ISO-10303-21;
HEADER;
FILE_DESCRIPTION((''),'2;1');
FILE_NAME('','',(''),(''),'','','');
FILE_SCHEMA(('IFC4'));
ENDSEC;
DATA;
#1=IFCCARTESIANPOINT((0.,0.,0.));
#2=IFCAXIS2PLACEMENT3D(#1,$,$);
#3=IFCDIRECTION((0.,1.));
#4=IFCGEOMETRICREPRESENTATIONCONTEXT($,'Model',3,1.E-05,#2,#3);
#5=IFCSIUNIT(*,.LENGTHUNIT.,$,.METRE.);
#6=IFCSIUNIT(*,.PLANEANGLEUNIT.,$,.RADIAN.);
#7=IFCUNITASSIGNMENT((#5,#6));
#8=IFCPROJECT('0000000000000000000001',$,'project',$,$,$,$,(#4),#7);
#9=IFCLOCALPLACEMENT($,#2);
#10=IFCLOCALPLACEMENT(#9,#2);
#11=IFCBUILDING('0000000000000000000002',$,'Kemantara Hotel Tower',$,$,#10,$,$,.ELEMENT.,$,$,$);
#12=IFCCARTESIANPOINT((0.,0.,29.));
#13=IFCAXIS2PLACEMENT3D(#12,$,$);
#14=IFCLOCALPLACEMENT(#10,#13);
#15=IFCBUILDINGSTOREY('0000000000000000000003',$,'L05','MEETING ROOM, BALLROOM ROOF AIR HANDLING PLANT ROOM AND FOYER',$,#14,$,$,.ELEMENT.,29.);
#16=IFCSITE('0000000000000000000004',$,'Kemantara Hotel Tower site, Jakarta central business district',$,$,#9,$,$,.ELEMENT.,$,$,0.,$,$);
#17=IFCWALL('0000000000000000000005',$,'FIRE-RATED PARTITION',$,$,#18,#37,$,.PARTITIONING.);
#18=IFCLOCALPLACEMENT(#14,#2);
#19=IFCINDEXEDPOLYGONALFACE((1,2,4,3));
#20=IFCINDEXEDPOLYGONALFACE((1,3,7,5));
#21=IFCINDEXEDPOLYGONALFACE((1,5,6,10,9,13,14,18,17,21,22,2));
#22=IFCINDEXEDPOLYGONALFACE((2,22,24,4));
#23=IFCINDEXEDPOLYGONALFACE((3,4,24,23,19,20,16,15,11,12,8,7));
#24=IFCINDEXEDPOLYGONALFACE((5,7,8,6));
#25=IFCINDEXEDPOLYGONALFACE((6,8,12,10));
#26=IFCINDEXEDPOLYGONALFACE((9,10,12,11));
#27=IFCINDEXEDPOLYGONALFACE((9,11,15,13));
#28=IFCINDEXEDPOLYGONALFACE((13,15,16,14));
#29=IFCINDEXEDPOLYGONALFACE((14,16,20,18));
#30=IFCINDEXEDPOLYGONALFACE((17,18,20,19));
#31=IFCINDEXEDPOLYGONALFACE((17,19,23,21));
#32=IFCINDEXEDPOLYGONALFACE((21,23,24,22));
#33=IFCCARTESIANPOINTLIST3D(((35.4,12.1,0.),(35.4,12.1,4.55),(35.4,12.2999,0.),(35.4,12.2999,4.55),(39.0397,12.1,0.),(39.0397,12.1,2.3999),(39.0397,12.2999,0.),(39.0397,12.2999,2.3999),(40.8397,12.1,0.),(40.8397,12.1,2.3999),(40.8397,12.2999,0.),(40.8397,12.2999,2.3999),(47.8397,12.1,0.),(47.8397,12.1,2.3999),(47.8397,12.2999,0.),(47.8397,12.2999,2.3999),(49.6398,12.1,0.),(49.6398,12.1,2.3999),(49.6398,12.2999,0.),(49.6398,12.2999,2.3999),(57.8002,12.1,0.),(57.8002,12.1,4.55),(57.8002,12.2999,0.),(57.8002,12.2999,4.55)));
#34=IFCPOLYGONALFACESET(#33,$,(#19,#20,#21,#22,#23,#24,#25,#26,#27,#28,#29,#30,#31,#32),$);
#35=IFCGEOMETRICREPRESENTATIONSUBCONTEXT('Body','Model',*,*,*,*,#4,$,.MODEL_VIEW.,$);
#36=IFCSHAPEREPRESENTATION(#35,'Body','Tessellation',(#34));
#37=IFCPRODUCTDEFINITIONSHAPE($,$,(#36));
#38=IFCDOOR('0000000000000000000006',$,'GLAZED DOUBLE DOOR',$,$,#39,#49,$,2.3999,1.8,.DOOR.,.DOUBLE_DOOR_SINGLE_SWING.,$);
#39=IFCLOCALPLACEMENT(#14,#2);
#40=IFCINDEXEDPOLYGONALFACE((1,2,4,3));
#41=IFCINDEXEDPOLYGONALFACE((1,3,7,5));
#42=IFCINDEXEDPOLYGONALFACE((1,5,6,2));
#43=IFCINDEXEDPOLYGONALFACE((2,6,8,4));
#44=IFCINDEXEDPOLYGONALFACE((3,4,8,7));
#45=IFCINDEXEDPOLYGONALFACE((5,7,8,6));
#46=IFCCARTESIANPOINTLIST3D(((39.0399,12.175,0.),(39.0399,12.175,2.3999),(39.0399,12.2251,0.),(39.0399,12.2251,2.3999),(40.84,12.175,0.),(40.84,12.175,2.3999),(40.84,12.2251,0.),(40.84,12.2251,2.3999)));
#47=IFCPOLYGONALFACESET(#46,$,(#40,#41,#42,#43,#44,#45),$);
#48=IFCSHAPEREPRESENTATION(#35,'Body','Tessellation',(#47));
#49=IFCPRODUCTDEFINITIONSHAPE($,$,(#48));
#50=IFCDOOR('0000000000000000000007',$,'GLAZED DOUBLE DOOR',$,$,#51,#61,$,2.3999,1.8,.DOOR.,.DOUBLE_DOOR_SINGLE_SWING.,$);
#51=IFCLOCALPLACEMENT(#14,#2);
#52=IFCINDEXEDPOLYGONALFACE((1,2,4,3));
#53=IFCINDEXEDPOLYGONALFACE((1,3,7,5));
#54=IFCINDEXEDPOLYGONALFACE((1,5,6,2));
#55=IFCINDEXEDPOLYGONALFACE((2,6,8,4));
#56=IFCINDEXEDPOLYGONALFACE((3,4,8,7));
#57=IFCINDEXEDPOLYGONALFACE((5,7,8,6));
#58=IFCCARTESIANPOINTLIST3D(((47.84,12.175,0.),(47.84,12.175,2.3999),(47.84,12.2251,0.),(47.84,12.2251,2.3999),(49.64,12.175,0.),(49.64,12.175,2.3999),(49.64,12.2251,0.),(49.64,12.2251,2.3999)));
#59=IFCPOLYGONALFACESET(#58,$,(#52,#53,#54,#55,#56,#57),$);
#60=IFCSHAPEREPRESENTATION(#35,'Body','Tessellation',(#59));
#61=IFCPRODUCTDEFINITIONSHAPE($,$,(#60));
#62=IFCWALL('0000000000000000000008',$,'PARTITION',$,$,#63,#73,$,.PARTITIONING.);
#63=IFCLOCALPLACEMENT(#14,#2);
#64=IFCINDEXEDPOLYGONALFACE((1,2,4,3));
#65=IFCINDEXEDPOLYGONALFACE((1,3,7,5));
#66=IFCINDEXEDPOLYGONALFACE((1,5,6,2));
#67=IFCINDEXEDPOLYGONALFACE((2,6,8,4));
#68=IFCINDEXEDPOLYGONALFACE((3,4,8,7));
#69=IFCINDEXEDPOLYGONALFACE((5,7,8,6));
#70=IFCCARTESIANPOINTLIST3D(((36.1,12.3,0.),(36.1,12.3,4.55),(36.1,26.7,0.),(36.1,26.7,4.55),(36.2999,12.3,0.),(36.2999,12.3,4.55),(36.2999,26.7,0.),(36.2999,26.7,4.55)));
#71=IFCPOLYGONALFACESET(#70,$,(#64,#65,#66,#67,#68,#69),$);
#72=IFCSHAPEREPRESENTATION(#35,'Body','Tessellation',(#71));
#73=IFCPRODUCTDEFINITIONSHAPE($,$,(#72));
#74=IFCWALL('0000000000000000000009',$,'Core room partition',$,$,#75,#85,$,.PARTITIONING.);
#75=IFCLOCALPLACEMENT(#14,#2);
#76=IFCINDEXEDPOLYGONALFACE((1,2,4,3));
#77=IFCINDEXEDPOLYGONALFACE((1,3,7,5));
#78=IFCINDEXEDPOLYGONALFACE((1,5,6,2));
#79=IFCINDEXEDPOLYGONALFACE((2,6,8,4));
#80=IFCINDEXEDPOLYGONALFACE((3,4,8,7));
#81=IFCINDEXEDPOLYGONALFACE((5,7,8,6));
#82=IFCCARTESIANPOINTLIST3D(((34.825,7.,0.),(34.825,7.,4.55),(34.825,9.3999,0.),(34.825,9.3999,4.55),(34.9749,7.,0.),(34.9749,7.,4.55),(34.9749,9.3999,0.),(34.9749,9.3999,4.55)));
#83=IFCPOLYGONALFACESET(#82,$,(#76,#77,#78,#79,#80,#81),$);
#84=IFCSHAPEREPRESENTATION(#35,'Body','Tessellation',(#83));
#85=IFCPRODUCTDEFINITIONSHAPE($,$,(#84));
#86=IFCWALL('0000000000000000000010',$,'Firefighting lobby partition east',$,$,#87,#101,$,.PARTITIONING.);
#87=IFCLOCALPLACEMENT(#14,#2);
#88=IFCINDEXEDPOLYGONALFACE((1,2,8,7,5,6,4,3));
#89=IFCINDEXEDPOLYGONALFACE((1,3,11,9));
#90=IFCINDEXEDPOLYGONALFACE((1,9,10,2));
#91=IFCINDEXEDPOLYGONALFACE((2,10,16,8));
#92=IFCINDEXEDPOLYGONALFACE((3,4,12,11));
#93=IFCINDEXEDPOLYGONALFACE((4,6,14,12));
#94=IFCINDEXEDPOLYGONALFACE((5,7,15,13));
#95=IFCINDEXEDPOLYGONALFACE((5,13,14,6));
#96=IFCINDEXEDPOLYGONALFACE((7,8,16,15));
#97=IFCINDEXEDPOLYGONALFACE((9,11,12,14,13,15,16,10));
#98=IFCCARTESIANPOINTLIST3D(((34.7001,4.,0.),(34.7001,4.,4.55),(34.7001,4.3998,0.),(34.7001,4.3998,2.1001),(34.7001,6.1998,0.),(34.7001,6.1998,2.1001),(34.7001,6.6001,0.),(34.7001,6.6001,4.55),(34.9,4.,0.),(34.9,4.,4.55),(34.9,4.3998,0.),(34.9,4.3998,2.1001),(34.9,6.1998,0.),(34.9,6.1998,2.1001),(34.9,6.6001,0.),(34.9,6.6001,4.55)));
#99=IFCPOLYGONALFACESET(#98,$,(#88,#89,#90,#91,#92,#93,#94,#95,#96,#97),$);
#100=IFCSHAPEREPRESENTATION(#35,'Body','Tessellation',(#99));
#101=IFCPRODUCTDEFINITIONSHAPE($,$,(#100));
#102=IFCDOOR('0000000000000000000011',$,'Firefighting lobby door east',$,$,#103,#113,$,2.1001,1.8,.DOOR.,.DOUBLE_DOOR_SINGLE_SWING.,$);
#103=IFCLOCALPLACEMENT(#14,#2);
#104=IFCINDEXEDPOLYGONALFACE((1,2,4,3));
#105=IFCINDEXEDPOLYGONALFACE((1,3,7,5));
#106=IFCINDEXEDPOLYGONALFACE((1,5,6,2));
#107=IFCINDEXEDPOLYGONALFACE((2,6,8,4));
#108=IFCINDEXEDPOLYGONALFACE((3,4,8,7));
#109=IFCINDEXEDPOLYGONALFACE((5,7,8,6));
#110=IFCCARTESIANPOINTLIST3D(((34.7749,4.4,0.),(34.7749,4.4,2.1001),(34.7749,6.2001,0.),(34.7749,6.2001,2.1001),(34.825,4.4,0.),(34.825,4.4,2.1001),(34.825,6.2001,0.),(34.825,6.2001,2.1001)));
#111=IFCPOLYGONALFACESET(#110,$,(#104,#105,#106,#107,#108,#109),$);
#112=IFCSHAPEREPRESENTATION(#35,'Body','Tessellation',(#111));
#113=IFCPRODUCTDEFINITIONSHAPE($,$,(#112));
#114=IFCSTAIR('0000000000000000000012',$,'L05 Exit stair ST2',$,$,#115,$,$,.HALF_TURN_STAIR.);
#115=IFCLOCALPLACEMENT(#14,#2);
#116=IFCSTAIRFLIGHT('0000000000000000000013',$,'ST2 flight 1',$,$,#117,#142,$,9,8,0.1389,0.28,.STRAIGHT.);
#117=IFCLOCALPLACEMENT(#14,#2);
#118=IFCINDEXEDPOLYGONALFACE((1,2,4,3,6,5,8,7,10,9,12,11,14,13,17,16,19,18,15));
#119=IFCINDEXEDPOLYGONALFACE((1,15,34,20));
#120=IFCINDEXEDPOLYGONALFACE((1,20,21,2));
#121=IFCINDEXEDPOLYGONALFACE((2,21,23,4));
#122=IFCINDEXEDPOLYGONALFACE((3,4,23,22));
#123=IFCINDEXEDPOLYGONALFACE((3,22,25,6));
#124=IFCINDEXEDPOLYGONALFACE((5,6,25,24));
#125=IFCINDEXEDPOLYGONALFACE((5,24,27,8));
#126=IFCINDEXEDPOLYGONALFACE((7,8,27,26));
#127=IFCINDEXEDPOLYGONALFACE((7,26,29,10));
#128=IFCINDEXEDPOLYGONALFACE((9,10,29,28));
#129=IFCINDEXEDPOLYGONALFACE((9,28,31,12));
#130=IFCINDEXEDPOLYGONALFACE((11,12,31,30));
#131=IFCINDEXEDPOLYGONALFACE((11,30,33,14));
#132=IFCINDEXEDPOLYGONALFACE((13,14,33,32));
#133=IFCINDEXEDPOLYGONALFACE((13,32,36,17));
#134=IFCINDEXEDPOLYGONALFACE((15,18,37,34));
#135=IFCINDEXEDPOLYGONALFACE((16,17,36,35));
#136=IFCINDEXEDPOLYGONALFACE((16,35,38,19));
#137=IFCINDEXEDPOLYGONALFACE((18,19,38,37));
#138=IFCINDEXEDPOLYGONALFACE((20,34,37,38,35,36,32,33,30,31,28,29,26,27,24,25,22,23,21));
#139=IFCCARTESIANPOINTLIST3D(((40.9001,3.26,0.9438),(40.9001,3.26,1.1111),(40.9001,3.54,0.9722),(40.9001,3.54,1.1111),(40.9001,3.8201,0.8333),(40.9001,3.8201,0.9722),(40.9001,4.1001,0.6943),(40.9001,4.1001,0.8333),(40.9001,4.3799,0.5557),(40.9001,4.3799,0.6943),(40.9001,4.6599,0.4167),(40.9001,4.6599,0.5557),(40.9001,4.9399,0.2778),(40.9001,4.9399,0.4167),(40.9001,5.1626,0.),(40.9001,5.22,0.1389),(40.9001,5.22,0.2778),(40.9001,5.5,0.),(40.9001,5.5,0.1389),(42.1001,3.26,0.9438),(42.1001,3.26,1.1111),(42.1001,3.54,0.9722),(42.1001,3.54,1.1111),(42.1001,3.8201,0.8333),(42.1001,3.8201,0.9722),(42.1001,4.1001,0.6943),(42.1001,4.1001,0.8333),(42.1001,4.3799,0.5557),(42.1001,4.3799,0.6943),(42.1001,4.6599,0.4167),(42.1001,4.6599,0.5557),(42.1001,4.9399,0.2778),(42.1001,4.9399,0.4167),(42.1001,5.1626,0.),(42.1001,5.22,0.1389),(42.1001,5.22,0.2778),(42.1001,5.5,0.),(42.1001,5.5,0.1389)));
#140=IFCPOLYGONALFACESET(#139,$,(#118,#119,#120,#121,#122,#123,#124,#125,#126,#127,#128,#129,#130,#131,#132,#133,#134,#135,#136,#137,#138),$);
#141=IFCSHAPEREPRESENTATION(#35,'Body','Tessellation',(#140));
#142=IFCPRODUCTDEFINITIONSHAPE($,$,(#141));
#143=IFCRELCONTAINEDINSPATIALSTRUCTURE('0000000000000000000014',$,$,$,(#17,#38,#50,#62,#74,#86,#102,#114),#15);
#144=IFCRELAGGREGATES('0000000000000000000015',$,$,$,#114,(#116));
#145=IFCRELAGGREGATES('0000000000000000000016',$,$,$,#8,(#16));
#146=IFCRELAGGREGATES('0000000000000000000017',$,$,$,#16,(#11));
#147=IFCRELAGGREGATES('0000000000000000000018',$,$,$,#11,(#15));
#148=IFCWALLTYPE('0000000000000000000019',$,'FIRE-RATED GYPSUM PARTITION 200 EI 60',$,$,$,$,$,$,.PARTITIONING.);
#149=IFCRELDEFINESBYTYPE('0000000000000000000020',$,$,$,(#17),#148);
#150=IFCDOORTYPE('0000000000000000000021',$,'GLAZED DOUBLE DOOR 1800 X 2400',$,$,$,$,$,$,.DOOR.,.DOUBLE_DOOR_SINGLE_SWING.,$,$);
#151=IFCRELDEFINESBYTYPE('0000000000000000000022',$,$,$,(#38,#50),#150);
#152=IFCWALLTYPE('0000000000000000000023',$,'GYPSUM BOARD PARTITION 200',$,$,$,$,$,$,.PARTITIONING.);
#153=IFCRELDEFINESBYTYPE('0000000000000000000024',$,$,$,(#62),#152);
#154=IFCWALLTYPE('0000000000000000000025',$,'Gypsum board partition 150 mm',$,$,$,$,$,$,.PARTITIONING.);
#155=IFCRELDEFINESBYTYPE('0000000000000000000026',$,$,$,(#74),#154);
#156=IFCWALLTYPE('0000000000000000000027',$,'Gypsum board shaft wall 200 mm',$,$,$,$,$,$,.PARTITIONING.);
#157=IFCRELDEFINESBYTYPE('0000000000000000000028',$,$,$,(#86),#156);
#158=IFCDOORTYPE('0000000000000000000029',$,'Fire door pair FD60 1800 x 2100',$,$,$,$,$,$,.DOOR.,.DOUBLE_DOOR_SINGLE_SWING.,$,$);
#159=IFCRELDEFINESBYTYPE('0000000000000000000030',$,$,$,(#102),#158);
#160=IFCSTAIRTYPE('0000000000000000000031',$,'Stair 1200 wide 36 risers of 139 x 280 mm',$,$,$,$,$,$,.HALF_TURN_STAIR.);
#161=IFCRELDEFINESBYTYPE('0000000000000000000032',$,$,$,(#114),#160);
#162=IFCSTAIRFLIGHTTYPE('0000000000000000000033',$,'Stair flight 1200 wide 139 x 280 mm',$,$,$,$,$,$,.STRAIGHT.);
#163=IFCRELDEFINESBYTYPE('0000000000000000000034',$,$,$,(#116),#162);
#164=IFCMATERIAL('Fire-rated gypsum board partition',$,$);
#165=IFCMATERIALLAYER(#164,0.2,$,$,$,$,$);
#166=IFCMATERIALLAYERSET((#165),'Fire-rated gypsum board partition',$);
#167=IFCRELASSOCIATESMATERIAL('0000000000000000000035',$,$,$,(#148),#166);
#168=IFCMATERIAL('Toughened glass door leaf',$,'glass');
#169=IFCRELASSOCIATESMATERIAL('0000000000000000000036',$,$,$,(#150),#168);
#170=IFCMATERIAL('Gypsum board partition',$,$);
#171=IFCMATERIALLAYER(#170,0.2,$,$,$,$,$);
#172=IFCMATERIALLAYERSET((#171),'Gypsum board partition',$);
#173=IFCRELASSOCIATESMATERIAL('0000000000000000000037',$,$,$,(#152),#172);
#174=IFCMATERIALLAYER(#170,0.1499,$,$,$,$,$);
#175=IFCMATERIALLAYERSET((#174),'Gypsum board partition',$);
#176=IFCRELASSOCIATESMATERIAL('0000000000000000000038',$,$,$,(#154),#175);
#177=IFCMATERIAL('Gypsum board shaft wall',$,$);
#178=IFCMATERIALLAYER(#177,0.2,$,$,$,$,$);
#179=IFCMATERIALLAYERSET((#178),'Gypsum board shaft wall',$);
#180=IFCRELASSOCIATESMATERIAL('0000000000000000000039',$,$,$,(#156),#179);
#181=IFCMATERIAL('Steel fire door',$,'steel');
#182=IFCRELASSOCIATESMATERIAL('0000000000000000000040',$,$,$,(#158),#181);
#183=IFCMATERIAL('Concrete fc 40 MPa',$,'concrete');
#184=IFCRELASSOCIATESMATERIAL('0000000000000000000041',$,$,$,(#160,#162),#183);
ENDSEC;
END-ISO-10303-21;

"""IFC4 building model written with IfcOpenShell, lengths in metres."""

from ifc_helpers import new_model, si_unit, direction, frame, frame_2d, origin, place, context, subcontext, project, spatial, polyline, rectangle, outline, extrude, material, layer, layer_set, type_object, element, fill, aggregate, save


model = new_model("IFC4")

# Units and contexts
model_context = context("Model", 3, precision=1e-05, world=origin(), true_north=direction((0.0, 1.0)))
body_context = subcontext(model_context, "Body", "Model", "MODEL_VIEW")
ifc_project = project(units=[si_unit("LENGTHUNIT", "METRE"), si_unit("PLANEANGLEUNIT", "RADIAN")], contexts=[model_context])

# Site, building, storey
site_placement = place(None, origin())
site = spatial("IfcSite", under=ifc_project, at=site_placement, Name="Kemantara Hotel Tower site, Jakarta central business district", CompositionType="ELEMENT", RefElevation=0.0)
building_placement = place(site_placement, origin())
building = spatial("IfcBuilding", under=site, at=building_placement, Name="Kemantara Hotel Tower", CompositionType="ELEMENT")
storey_placement = place(building_placement, frame((0.0, 0.0, 29.0)))
storey = spatial("IfcBuildingStorey", under=building, at=storey_placement, Name="L05", Description="MEETING ROOM, BALLROOM ROOF AIR HANDLING PLANT ROOM AND FOYER", CompositionType="ELEMENT", Elevation=29.0)

# Shared definitions
ifc_material_1 = material(Name="Steel fire door", Category="steel")

# Shared definitions
ifc_material_2 = material(Name="Concrete fc 40 MPa", Category="concrete")

# Wall, openings, doors
ifc_material_3 = material(Name="Fire-rated gypsum board partition")
ifc_layer_1 = layer(ifc_material_3, 0.2)
ifc_layer_set_1 = layer_set([ifc_layer_1], Name="Fire-rated gypsum board partition")
wall_type_1 = type_object("IfcWallType", Name="FIRE-RATED GYPSUM PARTITION 200 EI 60", PredefinedType="PARTITIONING", material=ifc_layer_set_1)
wall_1_placement = place(storey_placement, frame((35.3999, 12.2, 0.0), z_axis=(0.0, 0.0, 1.0), x_axis=(1.0, 0.0, 0.0)))
wall_1 = element("IfcWall", 1, at=wall_1_placement, inside=storey, type_object=wall_type_1, Name="FIRE-RATED PARTITION", PredefinedType="PARTITIONING", context=body_context, shape_type="SweptSolid", body=[
    extrude(rectangle(XDim=22.4001, YDim=0.2, at=frame_2d((11.2002, 0.0))), origin(), (0.0, 0.0, 1.0), 4.55),
])
opening_1_placement = place(wall_1_placement, frame((3.6399, 0.0, 0.0)))
opening_1 = element("IfcOpeningElement", 2, at=opening_1_placement, cuts=wall_1, PredefinedType="OPENING", context=body_context, shape_type="SweptSolid", body=[
    extrude(rectangle(XDim=1.8, YDim=2.3999, at=frame_2d((0.8999, 1.2))), frame((0.0, 0.1099, 0.0), z_axis=(0.0, -1.0, 0.0), x_axis=(1.0, 0.0, 0.0)), (0.0, 0.0, 1.0), 0.22),
])
opening_2_placement = place(wall_1_placement, frame((12.4399, 0.0, 0.0)))
opening_2 = element("IfcOpeningElement", 3, at=opening_2_placement, cuts=wall_1, PredefinedType="OPENING", context=body_context, shape_type="SweptSolid", body=[
    extrude(rectangle(XDim=1.8, YDim=2.3999, at=frame_2d((0.8999, 1.2))), frame((0.0, 0.1099, 0.0), z_axis=(0.0, -1.0, 0.0), x_axis=(1.0, 0.0, 0.0)), (0.0, 0.0, 1.0), 0.22),
])
ifc_material_4 = material(Name="Toughened glass door leaf", Category="glass")
door_type_1 = type_object("IfcDoorType", Name="GLAZED DOUBLE DOOR 1800 X 2400", OperationType="DOUBLE_DOOR_SINGLE_SWING", PredefinedType="DOOR", material=ifc_material_4)
door_1_placement = place(opening_1_placement, frame((1.8, 0.0, 0.0), z_axis=(0.0, 0.0, 1.0), x_axis=(-1.0, 0.0, 0.0)))
door_1 = element("IfcDoor", 4, at=door_1_placement, inside=storey, type_object=door_type_1, Name="GLAZED DOUBLE DOOR", OperationType="DOUBLE_DOOR_SINGLE_SWING", OverallHeight=2.3999, OverallWidth=1.8, PredefinedType="DOOR", context=body_context, shape_type="SweptSolid", body=[
    extrude(rectangle(XDim=1.8, YDim=2.3999, at=frame_2d((0.8999, 1.2))), frame((0.0, 0.0249, 0.0), z_axis=(0.0, -1.0, 0.0), x_axis=(1.0, 0.0, 0.0)), (0.0, 0.0, 1.0), 0.05),
])
fill(opening_1, door_1)
door_2_placement = place(opening_2_placement, frame((1.8, 0.0, 0.0), z_axis=(0.0, 0.0, 1.0), x_axis=(-1.0, 0.0, 0.0)))
door_2 = element("IfcDoor", 5, at=door_2_placement, inside=storey, type_object=door_type_1, Name="GLAZED DOUBLE DOOR", OperationType="DOUBLE_DOOR_SINGLE_SWING", OverallHeight=2.3999, OverallWidth=1.8, PredefinedType="DOOR", context=body_context, shape_type="SweptSolid", body=[
    extrude(rectangle(XDim=1.8, YDim=2.3999, at=frame_2d((0.8999, 1.2))), frame((0.0, 0.0249, 0.0), z_axis=(0.0, -1.0, 0.0), x_axis=(1.0, 0.0, 0.0)), (0.0, 0.0, 1.0), 0.05),
])
fill(opening_2, door_2)

# Walls
ifc_material_5 = material(Name="Gypsum board partition")
ifc_layer_2 = layer(ifc_material_5, 0.2)
ifc_layer_set_2 = layer_set([ifc_layer_2], Name="Gypsum board partition")
wall_type_2 = type_object("IfcWallType", Name="GYPSUM BOARD PARTITION 200", PredefinedType="PARTITIONING", material=ifc_layer_set_2)
wall_2_placement = place(storey_placement, frame((36.2, 12.3, 0.0), z_axis=(0.0, 0.0, 1.0), x_axis=(0.0, 1.0, 0.0)))
element("IfcWall", 6, at=wall_2_placement, inside=storey, type_object=wall_type_2, Name="PARTITION", PredefinedType="PARTITIONING", context=body_context, shape_type="SweptSolid", body=[
    extrude(rectangle(XDim=14.3999, YDim=0.2, at=frame_2d((7.2, 0.0))), origin(), (0.0, 0.0, 1.0), 4.55),
])
ifc_layer_3 = layer(ifc_material_5, 0.1499)
ifc_layer_set_3 = layer_set([ifc_layer_3], Name="Gypsum board partition")
wall_type_3 = type_object("IfcWallType", Name="Gypsum board partition 150 mm", PredefinedType="PARTITIONING", material=ifc_layer_set_3)
wall_3_placement = place(storey_placement, frame((34.8999, 7.0, 0.0), z_axis=(0.0, 0.0, 1.0), x_axis=(0.0, 1.0, 0.0)))
element("IfcWall", 7, at=wall_3_placement, inside=storey, type_object=wall_type_3, Name="Core room partition", PredefinedType="PARTITIONING", context=body_context, shape_type="SweptSolid", body=[
    extrude(rectangle(XDim=2.3999, YDim=0.1499, at=frame_2d((1.2, 0.0))), origin(), (0.0, 0.0, 1.0), 4.55),
])

# Wall, opening, door
ifc_material_6 = material(Name="Gypsum board shaft wall")
ifc_layer_4 = layer(ifc_material_6, 0.2)
ifc_layer_set_4 = layer_set([ifc_layer_4], Name="Gypsum board shaft wall")
wall_type_4 = type_object("IfcWallType", Name="Gypsum board shaft wall 200 mm", PredefinedType="PARTITIONING", material=ifc_layer_set_4)
wall_4_placement = place(storey_placement, frame((34.8, 4.0, 0.0), z_axis=(0.0, 0.0, 1.0), x_axis=(0.0, 1.0, 0.0)))
wall_4 = element("IfcWall", 8, at=wall_4_placement, inside=storey, type_object=wall_type_4, Name="Firefighting lobby partition east", PredefinedType="PARTITIONING", context=body_context, shape_type="SweptSolid", body=[
    extrude(rectangle(XDim=2.6001, YDim=0.2, at=frame_2d((1.3, 0.0))), origin(), (0.0, 0.0, 1.0), 4.55),
])
opening_3_placement = place(wall_4_placement, frame((0.3999, 0.0, 0.0)))
opening_3 = element("IfcOpeningElement", 9, at=opening_3_placement, cuts=wall_4, PredefinedType="OPENING", context=body_context, shape_type="SweptSolid", body=[
    extrude(rectangle(XDim=1.8, YDim=2.1001, at=frame_2d((0.8999, 1.05))), frame((0.0, 0.1099, 0.0), z_axis=(0.0, -1.0, 0.0), x_axis=(1.0, 0.0, 0.0)), (0.0, 0.0, 1.0), 0.22),
])
door_type_2 = type_object("IfcDoorType", Name="Fire door pair FD60 1800 x 2100", OperationType="DOUBLE_DOOR_SINGLE_SWING", PredefinedType="DOOR", material=ifc_material_1)
door_3_placement = place(opening_3_placement, frame((1.8, 0.0, 0.0), z_axis=(0.0, 0.0, 1.0), x_axis=(-1.0, 0.0, 0.0)))
door_3 = element("IfcDoor", 10, at=door_3_placement, inside=storey, type_object=door_type_2, Name="Firefighting lobby door east", OperationType="DOUBLE_DOOR_SINGLE_SWING", OverallHeight=2.1001, OverallWidth=1.8, PredefinedType="DOOR", context=body_context, shape_type="SweptSolid", body=[
    extrude(rectangle(XDim=1.8, YDim=2.1001, at=frame_2d((0.8999, 1.05))), frame((0.0, 0.0249, 0.0), z_axis=(0.0, -1.0, 0.0), x_axis=(1.0, 0.0, 0.0)), (0.0, 0.0, 1.0), 0.05),
])
fill(opening_3, door_3)

# Stair, stair flight
stair_type = type_object("IfcStairType", Name="Stair 1200 wide 36 risers of 139 x 280 mm", PredefinedType="HALF_TURN_STAIR", material=ifc_material_2)
stair_placement = place(storey_placement, origin())
stair = element("IfcStair", 11, at=stair_placement, inside=storey, type_object=stair_type, Name="L05 Exit stair ST2", PredefinedType="HALF_TURN_STAIR")
stair_flight_type = type_object("IfcStairFlightType", Name="Stair flight 1200 wide 139 x 280 mm", PredefinedType="STRAIGHT", material=ifc_material_2)
stair_flight_1_placement = place(storey_placement, frame((41.5, 5.5, 0.0), z_axis=(0.0, 0.0, 1.0), x_axis=(0.0, -1.0, 0.0)))
stair_flight_1 = element("IfcStairFlight", 12, at=stair_flight_1_placement, type_object=stair_flight_type, Name="ST2 flight 1", NumberOfRisers=9, NumberOfTreads=8, PredefinedType="STRAIGHT", RiserHeight=0.1389, TreadLength=0.28, context=body_context, shape_type="SweptSolid", body=[
    extrude(outline(polyline([(0.0, 0.0), (0.0, 0.1389), (0.28, 0.1389), (0.28, 0.2778), (0.5601, 0.2778), (0.5601, 0.4167), (0.8401, 0.4167), (0.8401, 0.5557), (1.1201, 0.5557), (1.1201, 0.6943), (1.3999, 0.6943), (1.3999, 0.8333), (1.6799, 0.8333), (1.6799, 0.9722), (1.96, 0.9722), (1.96, 1.1111), (2.24, 1.1111), (2.24, 1.25), (2.24, 0.9438), (0.3374, 0.0), (0.0, 0.0)])), frame((0.0, 0.6001, 0.0), z_axis=(0.0, -1.0, 0.0), x_axis=(1.0, 0.0, 0.0)), (0.0, 0.0, 1.0), 1.2),
])
aggregate(stair, [stair_flight_1])

save(model, "model.ifc")
